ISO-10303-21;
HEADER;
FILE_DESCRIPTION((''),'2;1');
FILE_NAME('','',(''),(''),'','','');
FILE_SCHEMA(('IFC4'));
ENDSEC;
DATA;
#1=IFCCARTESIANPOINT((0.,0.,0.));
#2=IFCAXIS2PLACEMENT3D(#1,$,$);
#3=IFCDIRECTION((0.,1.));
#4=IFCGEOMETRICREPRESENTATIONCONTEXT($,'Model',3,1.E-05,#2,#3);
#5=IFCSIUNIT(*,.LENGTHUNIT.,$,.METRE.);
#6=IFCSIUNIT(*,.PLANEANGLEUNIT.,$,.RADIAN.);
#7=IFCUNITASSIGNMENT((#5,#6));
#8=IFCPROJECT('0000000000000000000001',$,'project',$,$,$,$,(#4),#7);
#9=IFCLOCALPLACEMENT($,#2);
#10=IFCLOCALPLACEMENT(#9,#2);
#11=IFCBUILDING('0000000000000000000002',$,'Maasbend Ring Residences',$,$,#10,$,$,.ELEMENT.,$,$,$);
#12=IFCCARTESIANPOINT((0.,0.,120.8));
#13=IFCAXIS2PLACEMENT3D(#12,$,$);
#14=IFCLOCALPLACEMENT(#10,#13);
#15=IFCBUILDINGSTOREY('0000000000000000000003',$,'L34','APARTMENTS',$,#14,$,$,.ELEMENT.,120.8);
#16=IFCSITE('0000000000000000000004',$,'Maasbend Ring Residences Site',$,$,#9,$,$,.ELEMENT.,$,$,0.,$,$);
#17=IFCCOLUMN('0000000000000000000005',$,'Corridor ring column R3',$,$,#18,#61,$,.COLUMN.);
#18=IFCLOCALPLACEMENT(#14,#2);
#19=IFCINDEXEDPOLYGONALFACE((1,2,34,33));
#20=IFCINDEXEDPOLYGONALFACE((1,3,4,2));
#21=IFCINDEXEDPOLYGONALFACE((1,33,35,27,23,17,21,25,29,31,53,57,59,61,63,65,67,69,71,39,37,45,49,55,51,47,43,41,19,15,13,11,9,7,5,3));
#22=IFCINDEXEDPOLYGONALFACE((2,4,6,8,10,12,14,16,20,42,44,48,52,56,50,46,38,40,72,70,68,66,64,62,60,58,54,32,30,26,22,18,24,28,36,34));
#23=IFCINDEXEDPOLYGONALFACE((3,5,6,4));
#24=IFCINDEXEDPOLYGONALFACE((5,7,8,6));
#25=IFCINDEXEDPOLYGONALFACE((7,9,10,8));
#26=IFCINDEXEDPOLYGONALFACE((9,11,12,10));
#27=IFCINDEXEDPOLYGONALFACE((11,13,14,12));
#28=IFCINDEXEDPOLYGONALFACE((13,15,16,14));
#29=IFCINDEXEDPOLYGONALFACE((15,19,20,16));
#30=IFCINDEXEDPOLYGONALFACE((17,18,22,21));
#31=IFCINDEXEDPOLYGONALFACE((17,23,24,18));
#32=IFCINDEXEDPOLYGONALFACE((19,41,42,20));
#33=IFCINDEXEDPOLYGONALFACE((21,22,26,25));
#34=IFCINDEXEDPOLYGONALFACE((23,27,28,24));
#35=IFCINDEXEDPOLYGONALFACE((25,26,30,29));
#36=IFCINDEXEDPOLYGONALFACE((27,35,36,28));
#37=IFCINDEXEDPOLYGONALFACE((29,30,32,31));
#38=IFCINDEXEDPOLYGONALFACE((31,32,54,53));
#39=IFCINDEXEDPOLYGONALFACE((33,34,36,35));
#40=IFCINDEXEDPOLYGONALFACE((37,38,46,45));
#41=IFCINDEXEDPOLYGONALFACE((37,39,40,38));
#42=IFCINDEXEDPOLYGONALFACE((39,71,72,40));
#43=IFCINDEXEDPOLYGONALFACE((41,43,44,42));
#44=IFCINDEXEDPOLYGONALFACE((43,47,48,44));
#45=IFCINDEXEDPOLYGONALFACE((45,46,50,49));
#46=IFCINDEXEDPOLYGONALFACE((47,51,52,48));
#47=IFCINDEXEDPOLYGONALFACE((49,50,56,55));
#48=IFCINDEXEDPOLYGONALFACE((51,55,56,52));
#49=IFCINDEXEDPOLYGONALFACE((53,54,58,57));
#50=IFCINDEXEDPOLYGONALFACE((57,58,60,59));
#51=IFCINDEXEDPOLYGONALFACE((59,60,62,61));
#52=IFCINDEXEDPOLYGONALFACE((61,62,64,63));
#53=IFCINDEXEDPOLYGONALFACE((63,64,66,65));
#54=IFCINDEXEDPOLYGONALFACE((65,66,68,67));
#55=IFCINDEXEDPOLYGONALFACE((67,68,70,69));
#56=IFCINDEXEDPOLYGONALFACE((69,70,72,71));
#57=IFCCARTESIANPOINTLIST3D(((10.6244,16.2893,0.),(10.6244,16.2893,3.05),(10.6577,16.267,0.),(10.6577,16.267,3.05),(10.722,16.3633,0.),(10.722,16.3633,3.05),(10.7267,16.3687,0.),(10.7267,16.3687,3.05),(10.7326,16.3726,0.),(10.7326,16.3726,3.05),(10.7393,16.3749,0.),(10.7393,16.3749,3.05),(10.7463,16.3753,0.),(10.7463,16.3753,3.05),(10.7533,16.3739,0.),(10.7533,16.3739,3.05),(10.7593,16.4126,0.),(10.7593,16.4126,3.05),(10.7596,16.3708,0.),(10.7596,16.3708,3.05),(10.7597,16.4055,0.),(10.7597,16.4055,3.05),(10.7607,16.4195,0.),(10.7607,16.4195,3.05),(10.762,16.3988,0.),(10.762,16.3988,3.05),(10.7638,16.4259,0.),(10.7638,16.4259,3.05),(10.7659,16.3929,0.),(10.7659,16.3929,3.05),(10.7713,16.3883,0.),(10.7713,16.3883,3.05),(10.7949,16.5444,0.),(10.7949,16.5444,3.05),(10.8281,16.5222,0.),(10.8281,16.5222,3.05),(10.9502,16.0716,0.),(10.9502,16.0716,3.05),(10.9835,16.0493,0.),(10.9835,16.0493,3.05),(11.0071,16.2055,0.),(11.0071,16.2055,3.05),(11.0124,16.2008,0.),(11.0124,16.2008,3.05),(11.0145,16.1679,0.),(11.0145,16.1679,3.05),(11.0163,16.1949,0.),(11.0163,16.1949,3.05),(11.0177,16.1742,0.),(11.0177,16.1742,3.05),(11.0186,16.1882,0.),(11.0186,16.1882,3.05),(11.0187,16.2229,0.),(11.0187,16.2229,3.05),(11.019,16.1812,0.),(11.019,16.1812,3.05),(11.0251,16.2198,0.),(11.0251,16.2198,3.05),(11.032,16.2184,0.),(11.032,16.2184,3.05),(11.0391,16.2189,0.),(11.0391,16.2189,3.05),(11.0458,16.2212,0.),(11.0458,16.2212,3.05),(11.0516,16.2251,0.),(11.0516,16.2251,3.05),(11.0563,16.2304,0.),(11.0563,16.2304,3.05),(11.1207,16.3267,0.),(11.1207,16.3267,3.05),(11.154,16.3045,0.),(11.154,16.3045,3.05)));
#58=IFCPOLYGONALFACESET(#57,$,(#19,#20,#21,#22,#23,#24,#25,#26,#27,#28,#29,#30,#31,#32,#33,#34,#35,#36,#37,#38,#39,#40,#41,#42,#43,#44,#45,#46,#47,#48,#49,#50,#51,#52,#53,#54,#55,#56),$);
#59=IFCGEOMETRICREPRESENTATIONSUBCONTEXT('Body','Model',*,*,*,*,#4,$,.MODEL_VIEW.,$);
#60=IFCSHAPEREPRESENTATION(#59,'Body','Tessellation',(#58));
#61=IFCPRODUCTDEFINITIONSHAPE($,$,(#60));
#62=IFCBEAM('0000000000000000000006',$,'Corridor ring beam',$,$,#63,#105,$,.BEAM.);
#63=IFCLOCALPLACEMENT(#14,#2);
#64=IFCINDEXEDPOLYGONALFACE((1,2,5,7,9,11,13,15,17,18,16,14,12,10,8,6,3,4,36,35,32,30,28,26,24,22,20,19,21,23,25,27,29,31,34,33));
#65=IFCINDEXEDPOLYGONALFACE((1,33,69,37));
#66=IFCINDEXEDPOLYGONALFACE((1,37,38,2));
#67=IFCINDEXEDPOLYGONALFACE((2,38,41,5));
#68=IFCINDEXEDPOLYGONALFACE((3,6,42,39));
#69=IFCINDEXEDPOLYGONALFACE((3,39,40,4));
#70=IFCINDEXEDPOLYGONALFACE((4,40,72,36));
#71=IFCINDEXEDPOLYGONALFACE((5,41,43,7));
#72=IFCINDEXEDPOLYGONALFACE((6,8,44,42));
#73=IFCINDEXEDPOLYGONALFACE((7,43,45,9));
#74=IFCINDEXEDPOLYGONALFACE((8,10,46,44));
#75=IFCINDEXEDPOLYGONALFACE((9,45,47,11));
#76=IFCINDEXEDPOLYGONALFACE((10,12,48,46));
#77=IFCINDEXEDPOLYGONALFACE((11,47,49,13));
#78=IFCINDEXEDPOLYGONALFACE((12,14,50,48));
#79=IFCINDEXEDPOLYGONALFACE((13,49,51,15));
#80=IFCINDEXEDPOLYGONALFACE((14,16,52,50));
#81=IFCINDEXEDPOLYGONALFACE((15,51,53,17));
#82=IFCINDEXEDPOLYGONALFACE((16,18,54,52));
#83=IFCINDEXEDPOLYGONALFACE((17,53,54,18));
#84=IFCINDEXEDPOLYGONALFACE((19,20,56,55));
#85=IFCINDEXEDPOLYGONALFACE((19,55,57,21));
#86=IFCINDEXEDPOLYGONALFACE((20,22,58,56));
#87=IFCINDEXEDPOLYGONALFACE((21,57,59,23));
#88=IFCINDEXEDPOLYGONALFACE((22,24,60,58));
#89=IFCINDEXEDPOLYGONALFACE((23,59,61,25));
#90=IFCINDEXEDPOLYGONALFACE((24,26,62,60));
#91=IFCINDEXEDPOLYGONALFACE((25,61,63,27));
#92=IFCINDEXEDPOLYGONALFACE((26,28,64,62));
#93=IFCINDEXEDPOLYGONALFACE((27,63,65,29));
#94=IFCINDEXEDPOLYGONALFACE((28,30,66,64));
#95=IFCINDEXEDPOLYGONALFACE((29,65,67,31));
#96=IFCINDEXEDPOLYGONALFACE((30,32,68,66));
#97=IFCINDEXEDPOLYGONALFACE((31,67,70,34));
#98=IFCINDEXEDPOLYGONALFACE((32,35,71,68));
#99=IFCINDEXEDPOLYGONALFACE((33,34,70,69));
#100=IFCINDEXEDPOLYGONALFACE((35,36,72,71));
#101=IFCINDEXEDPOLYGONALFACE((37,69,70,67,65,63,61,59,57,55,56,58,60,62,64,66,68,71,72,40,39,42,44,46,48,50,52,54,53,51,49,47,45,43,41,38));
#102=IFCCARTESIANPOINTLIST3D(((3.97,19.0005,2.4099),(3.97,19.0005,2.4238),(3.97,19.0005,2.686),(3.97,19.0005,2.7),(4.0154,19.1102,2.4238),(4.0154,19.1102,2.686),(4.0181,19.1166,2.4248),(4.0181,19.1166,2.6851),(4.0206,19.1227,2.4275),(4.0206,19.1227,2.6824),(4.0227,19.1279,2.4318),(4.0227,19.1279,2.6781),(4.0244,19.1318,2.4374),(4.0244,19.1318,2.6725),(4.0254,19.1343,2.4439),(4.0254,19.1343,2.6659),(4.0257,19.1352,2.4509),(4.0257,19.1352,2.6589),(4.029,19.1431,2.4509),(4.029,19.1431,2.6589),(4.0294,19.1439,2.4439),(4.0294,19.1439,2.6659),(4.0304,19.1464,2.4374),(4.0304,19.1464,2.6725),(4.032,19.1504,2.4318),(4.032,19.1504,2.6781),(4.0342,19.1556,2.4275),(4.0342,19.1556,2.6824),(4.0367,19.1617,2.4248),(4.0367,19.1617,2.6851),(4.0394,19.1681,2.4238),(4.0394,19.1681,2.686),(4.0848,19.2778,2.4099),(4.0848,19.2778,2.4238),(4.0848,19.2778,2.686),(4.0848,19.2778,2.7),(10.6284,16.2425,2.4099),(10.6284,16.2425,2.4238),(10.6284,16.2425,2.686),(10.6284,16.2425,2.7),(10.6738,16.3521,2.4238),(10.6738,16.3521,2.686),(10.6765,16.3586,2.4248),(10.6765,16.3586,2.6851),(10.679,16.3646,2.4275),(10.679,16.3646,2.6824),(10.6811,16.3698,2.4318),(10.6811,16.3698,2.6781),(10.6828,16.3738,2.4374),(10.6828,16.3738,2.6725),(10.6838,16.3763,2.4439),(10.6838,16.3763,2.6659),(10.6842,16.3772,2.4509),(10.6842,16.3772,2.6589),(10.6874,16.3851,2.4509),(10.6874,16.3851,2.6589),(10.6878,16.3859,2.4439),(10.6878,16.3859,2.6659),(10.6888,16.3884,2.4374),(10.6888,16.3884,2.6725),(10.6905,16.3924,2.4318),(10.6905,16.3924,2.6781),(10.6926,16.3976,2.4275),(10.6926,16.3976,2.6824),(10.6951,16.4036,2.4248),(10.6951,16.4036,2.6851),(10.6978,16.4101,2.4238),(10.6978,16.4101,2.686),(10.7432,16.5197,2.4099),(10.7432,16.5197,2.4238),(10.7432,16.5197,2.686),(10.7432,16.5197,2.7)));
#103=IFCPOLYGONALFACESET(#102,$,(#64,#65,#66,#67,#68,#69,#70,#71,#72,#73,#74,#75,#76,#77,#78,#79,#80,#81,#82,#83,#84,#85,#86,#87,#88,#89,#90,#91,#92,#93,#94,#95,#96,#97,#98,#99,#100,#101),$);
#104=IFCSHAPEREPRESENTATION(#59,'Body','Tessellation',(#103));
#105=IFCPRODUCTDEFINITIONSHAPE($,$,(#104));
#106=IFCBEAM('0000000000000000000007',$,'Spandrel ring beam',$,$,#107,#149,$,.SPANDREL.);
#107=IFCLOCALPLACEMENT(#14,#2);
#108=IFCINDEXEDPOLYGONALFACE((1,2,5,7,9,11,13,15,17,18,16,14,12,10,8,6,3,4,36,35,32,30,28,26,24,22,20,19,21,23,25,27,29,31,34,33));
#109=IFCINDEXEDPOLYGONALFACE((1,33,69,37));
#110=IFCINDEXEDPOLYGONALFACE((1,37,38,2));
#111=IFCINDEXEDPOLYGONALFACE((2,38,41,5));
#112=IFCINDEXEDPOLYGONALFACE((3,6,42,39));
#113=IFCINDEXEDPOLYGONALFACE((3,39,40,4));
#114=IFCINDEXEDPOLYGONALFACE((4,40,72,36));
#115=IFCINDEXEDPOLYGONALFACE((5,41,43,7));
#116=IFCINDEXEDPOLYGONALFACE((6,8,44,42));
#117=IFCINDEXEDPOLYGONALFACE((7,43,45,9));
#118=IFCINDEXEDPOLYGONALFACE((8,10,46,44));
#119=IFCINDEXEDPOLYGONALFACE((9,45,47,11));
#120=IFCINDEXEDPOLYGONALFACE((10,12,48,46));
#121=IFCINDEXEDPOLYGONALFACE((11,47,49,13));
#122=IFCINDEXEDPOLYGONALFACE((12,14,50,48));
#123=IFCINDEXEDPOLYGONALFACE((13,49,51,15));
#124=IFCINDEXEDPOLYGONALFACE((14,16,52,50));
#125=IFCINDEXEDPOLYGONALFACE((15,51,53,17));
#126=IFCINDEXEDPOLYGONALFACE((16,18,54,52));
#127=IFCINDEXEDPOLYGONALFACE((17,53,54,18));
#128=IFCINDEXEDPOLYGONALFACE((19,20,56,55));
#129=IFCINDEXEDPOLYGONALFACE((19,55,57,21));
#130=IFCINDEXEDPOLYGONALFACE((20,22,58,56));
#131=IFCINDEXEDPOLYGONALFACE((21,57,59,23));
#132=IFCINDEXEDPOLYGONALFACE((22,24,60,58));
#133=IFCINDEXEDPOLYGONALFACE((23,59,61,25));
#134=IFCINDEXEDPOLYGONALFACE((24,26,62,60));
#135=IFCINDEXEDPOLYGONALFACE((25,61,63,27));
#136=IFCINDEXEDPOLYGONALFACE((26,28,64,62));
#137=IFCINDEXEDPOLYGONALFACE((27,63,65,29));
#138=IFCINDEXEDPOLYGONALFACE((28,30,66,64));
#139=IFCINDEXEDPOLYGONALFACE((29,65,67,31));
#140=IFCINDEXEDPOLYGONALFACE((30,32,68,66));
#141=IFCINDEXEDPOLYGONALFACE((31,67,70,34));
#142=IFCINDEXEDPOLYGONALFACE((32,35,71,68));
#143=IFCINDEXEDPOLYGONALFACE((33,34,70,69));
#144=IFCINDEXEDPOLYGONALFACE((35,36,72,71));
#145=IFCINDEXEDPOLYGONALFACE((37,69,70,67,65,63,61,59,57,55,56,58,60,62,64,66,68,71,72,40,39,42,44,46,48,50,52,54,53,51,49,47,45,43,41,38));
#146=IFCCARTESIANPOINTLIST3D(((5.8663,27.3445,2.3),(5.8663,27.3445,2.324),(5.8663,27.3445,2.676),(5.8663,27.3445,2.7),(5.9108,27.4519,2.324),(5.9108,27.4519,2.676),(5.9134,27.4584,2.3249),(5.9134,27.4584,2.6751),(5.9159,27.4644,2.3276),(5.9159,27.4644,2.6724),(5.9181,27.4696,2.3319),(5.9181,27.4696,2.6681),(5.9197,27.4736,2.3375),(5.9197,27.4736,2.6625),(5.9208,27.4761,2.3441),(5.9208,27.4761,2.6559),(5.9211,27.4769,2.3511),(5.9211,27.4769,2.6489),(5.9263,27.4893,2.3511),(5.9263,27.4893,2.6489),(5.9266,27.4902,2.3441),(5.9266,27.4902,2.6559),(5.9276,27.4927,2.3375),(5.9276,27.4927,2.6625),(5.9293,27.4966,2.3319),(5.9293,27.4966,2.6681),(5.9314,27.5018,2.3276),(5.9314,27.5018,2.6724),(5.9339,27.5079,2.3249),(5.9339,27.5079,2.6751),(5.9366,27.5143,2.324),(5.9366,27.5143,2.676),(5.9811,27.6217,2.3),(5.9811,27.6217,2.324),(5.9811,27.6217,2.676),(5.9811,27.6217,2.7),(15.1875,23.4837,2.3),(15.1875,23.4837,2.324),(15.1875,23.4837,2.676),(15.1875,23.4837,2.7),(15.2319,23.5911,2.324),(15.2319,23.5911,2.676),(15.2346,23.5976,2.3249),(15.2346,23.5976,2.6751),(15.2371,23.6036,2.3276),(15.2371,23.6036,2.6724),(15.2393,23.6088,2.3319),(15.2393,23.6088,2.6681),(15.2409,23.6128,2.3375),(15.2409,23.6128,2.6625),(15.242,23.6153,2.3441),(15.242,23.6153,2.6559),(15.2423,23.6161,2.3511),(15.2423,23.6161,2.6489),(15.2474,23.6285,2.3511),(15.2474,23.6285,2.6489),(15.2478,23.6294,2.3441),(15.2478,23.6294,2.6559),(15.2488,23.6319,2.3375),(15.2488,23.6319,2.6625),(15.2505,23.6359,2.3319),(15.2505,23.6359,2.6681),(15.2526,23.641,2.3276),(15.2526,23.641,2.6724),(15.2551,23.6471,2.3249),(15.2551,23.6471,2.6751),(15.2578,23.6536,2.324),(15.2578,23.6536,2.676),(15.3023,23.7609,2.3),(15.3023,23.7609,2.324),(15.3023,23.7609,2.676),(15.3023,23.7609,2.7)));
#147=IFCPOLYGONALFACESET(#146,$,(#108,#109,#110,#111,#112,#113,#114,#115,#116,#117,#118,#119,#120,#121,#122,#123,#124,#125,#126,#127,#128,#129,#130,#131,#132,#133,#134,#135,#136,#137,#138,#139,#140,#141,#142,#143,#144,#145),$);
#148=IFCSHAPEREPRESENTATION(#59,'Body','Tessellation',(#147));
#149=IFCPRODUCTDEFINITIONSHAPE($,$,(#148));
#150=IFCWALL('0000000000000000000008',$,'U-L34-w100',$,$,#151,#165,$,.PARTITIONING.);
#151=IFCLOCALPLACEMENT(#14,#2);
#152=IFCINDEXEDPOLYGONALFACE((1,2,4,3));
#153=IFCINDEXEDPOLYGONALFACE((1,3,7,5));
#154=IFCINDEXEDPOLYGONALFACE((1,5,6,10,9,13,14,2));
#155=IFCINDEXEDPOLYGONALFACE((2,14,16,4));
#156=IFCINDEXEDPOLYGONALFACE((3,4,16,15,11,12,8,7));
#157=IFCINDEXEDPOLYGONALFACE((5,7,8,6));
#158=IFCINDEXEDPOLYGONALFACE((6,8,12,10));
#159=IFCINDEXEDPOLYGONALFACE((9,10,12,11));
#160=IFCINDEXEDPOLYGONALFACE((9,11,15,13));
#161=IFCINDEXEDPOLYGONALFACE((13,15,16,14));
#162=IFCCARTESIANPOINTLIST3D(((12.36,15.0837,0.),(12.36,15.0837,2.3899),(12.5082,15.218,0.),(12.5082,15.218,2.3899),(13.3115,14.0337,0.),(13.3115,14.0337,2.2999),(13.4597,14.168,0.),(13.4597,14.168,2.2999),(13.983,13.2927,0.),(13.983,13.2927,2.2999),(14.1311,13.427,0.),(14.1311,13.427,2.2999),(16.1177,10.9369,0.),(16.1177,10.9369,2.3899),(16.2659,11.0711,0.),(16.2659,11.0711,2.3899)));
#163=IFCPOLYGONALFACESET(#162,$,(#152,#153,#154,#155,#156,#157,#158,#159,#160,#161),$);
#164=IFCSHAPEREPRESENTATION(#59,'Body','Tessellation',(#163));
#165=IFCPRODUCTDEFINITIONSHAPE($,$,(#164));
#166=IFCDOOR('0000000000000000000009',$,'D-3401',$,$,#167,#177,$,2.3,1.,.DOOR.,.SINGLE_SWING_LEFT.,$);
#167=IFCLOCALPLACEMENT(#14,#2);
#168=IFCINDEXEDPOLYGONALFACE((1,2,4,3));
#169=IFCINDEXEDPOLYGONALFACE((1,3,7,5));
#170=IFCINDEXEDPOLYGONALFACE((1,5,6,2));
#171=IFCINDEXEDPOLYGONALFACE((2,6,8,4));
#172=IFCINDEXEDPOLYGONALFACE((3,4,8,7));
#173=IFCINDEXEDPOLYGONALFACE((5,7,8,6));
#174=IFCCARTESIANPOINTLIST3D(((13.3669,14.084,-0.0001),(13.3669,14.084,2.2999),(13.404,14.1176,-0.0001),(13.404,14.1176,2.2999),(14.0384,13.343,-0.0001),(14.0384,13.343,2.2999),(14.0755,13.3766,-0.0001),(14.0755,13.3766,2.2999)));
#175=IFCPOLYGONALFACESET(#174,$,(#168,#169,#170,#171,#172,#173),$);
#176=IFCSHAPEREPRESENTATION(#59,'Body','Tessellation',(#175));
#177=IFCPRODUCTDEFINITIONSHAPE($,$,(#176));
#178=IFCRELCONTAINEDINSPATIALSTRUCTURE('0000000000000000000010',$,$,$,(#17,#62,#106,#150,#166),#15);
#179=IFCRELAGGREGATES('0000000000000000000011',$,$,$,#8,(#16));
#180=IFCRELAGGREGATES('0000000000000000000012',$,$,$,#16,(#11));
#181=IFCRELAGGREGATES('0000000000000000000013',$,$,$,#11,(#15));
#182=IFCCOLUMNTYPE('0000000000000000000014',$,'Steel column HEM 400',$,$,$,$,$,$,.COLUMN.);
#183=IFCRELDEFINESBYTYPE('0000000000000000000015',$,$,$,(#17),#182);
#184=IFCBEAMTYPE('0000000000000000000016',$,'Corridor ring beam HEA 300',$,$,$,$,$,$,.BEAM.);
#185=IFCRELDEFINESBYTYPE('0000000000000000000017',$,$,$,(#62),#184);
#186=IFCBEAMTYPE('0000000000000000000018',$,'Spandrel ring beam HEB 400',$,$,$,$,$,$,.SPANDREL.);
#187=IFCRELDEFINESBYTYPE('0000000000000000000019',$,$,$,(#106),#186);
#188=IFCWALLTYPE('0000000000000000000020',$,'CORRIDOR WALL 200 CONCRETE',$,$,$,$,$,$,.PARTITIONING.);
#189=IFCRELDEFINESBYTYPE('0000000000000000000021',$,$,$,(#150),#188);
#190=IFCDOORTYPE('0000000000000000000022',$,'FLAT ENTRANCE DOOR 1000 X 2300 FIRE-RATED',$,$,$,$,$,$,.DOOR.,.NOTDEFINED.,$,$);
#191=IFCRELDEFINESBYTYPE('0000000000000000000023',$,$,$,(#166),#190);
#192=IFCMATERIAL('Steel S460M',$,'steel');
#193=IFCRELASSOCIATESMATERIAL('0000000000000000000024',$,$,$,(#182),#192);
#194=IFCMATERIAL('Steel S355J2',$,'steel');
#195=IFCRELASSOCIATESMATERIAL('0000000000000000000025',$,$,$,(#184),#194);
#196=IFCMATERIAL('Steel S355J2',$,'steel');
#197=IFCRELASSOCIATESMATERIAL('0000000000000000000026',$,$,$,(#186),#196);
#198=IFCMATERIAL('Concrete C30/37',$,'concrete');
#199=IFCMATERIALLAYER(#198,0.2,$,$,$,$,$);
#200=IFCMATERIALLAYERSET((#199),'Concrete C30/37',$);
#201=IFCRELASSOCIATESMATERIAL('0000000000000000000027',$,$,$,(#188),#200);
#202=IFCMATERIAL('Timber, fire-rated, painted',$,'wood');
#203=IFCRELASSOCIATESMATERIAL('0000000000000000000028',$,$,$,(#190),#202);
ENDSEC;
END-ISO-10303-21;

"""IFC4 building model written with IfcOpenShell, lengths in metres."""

from ifc_helpers import new_model, si_unit, direction, frame, frame_2d, origin, origin_2d, place, context, subcontext, project, spatial, rectangle, i_section, extrude, material, layer, layer_set, material_profile, profile_set, type_object, element, fill, save


model = new_model("IFC4")

# Units and contexts
model_context = context("Model", 3, precision=1e-05, world=origin(), true_north=direction((0.0, 1.0)))
body_context = subcontext(model_context, "Body", "Model", "MODEL_VIEW")
ifc_project = project(units=[si_unit("LENGTHUNIT", "METRE"), si_unit("PLANEANGLEUNIT", "RADIAN")], contexts=[model_context])

# Site, building, storey
site_placement = place(None, origin())
site = spatial("IfcSite", under=ifc_project, at=site_placement, Name="Maasbend Ring Residences Site", CompositionType="ELEMENT", RefElevation=0.0)
building_placement = place(site_placement, origin())
building = spatial("IfcBuilding", under=site, at=building_placement, Name="Maasbend Ring Residences", CompositionType="ELEMENT")
storey_placement = place(building_placement, frame((0.0, 0.0, 120.8)))
storey = spatial("IfcBuildingStorey", under=building, at=storey_placement, Name="L34", Description="APARTMENTS", CompositionType="ELEMENT", Elevation=120.8)

# Column
ifc_material_1 = material(Name="Steel S460M", Category="steel")
ifc_material_profile_1 = material_profile(ifc_material_1, i_section(OverallWidth=0.3069, OverallDepth=0.4319, WebThickness=0.021, FlangeThickness=0.04, FilletRadius=0.0271, at=origin_2d()), Name="HEM 400")
ifc_profile_set_1 = profile_set([ifc_material_profile_1], Name="Steel S460M")
column_type = type_object("IfcColumnType", Name="Steel column HEM 400", PredefinedType="COLUMN", material=ifc_profile_set_1)
column_placement = place(storey_placement, frame((10.8892, 16.2969, 0.0), z_axis=(0.0, 0.0, 1.0), x_axis=(0.55557, 0.83147, 0.0)))
element("IfcColumn", 1, at=column_placement, inside=storey, type_object=column_type, Name="Corridor ring column R3", PredefinedType="COLUMN", context=body_context, shape_type="SweptSolid", body=[
    extrude(i_section(OverallWidth=0.3069, OverallDepth=0.4319, WebThickness=0.021, FlangeThickness=0.04, FilletRadius=0.0271, at=origin_2d()), origin(), (0.0, 0.0, 1.0), 3.05),
])

# Beams
ifc_material_2 = material(Name="Steel S355J2", Category="steel")
ifc_material_profile_2 = material_profile(ifc_material_2, i_section(OverallWidth=0.3, OverallDepth=0.29, WebThickness=0.0085, FlangeThickness=0.0139, FilletRadius=0.0271, at=origin_2d()), Name="HEA 300")
ifc_profile_set_2 = profile_set([ifc_material_profile_2], Name="Steel S355J2")
beam_type_1 = type_object("IfcBeamType", Name="Corridor ring beam HEA 300", PredefinedType="BEAM", material=ifc_profile_set_2)
beam_1_placement = place(storey_placement, frame((10.6858, 16.3811, 2.5549), z_axis=(-0.923878, 0.382688, 0.0), x_axis=(-0.382688, -0.923878, 0.0)))
element("IfcBeam", 2, at=beam_1_placement, inside=storey, type_object=beam_type_1, Name="Corridor ring beam", PredefinedType="BEAM", context=body_context, shape_type="SweptSolid", body=[
    extrude(i_section(OverallWidth=0.3, OverallDepth=0.29, WebThickness=0.0085, FlangeThickness=0.0139, FilletRadius=0.0271, at=origin_2d()), origin(), (0.0, 0.0, 1.0), 7.207),
])
ifc_material_3 = material(Name="Steel S355J2", Category="steel")
ifc_material_profile_3 = material_profile(ifc_material_3, i_section(OverallWidth=0.3, OverallDepth=0.3999, WebThickness=0.0134, FlangeThickness=0.0239, FilletRadius=0.0271, at=origin_2d()), Name="HEB 400")
ifc_profile_set_3 = profile_set([ifc_material_profile_3], Name="Steel S355J2")
beam_type_2 = type_object("IfcBeamType", Name="Spandrel ring beam HEB 400", PredefinedType="SPANDREL", material=ifc_profile_set_3)
beam_2_placement = place(storey_placement, frame((15.2449, 23.6223, 2.5), z_axis=(-0.923885, 0.38267, 0.0), x_axis=(-0.38267, -0.923885, 0.0)))
element("IfcBeam", 3, at=beam_2_placement, inside=storey, type_object=beam_type_2, Name="Spandrel ring beam", PredefinedType="SPANDREL", context=body_context, shape_type="SweptSolid", body=[
    extrude(i_section(OverallWidth=0.3, OverallDepth=0.3999, WebThickness=0.0134, FlangeThickness=0.0239, FilletRadius=0.0271, at=origin_2d()), origin(), (0.0, 0.0, 1.0), 10.0891),
])

# Wall, opening, door
ifc_material_4 = material(Name="Concrete C30/37", Category="concrete")
ifc_layer_1 = layer(ifc_material_4, 0.2)
ifc_layer_set_1 = layer_set([ifc_layer_1], Name="Concrete C30/37")
wall_type_1 = type_object("IfcWallType", Name="CORRIDOR WALL 200 CONCRETE", PredefinedType="PARTITIONING", material=ifc_layer_set_1)
wall_1_placement = place(storey_placement, frame((12.4341, 15.1509, 0.0), z_axis=(0.0, 0.0, 1.0), x_axis=(0.671482, -0.741021, 0.0)))
wall_1 = element("IfcWall", 4, at=wall_1_placement, inside=storey, type_object=wall_type_1, Name="U-L34-w100", PredefinedType="PARTITIONING", context=body_context, shape_type="SweptSolid", body=[
    extrude(rectangle(XDim=5.5962, YDim=0.2, at=frame_2d((2.7981, 0.0))), origin(), (0.0, 0.0, 1.0), 2.3899),
])
opening_1_placement = place(wall_1_placement, frame((1.417, 0.0, 0.0)))
opening_1 = element("IfcOpeningElement", 5, at=opening_1_placement, cuts=wall_1, PredefinedType="OPENING", context=body_context, shape_type="SweptSolid", body=[
    extrude(rectangle(XDim=1.0, YDim=2.3, at=frame_2d((0.5, 1.1499))), frame((0.0, 0.1099, 0.0), z_axis=(0.0, -1.0, 0.0), x_axis=(1.0, 0.0, 0.0)), (0.0, 0.0, 1.0), 0.22),
])
ifc_material_5 = material(Name="Timber, fire-rated, painted", Category="wood")
door_type_1 = type_object("IfcDoorType", Name="FLAT ENTRANCE DOOR 1000 X 2300 FIRE-RATED", OperationType="NOTDEFINED", PredefinedType="DOOR", material=ifc_material_5)
door_1_placement = place(opening_1_placement, origin())
door_1 = element("IfcDoor", 6, at=door_1_placement, inside=storey, type_object=door_type_1, Name="D-3401", OperationType="SINGLE_SWING_LEFT", OverallHeight=2.3, OverallWidth=1.0, PredefinedType="DOOR", context=body_context, shape_type="SweptSolid", body=[
    extrude(rectangle(XDim=1.0, YDim=2.3, at=frame_2d((0.5, 1.1499))), frame((0.0, 0.0249, 0.0), z_axis=(0.0, -1.0, 0.0), x_axis=(1.0, 0.0, 0.0)), (0.0, 0.0, 1.0), 0.05),
])
fill(opening_1, door_1)

save(model, "model.ifc")
